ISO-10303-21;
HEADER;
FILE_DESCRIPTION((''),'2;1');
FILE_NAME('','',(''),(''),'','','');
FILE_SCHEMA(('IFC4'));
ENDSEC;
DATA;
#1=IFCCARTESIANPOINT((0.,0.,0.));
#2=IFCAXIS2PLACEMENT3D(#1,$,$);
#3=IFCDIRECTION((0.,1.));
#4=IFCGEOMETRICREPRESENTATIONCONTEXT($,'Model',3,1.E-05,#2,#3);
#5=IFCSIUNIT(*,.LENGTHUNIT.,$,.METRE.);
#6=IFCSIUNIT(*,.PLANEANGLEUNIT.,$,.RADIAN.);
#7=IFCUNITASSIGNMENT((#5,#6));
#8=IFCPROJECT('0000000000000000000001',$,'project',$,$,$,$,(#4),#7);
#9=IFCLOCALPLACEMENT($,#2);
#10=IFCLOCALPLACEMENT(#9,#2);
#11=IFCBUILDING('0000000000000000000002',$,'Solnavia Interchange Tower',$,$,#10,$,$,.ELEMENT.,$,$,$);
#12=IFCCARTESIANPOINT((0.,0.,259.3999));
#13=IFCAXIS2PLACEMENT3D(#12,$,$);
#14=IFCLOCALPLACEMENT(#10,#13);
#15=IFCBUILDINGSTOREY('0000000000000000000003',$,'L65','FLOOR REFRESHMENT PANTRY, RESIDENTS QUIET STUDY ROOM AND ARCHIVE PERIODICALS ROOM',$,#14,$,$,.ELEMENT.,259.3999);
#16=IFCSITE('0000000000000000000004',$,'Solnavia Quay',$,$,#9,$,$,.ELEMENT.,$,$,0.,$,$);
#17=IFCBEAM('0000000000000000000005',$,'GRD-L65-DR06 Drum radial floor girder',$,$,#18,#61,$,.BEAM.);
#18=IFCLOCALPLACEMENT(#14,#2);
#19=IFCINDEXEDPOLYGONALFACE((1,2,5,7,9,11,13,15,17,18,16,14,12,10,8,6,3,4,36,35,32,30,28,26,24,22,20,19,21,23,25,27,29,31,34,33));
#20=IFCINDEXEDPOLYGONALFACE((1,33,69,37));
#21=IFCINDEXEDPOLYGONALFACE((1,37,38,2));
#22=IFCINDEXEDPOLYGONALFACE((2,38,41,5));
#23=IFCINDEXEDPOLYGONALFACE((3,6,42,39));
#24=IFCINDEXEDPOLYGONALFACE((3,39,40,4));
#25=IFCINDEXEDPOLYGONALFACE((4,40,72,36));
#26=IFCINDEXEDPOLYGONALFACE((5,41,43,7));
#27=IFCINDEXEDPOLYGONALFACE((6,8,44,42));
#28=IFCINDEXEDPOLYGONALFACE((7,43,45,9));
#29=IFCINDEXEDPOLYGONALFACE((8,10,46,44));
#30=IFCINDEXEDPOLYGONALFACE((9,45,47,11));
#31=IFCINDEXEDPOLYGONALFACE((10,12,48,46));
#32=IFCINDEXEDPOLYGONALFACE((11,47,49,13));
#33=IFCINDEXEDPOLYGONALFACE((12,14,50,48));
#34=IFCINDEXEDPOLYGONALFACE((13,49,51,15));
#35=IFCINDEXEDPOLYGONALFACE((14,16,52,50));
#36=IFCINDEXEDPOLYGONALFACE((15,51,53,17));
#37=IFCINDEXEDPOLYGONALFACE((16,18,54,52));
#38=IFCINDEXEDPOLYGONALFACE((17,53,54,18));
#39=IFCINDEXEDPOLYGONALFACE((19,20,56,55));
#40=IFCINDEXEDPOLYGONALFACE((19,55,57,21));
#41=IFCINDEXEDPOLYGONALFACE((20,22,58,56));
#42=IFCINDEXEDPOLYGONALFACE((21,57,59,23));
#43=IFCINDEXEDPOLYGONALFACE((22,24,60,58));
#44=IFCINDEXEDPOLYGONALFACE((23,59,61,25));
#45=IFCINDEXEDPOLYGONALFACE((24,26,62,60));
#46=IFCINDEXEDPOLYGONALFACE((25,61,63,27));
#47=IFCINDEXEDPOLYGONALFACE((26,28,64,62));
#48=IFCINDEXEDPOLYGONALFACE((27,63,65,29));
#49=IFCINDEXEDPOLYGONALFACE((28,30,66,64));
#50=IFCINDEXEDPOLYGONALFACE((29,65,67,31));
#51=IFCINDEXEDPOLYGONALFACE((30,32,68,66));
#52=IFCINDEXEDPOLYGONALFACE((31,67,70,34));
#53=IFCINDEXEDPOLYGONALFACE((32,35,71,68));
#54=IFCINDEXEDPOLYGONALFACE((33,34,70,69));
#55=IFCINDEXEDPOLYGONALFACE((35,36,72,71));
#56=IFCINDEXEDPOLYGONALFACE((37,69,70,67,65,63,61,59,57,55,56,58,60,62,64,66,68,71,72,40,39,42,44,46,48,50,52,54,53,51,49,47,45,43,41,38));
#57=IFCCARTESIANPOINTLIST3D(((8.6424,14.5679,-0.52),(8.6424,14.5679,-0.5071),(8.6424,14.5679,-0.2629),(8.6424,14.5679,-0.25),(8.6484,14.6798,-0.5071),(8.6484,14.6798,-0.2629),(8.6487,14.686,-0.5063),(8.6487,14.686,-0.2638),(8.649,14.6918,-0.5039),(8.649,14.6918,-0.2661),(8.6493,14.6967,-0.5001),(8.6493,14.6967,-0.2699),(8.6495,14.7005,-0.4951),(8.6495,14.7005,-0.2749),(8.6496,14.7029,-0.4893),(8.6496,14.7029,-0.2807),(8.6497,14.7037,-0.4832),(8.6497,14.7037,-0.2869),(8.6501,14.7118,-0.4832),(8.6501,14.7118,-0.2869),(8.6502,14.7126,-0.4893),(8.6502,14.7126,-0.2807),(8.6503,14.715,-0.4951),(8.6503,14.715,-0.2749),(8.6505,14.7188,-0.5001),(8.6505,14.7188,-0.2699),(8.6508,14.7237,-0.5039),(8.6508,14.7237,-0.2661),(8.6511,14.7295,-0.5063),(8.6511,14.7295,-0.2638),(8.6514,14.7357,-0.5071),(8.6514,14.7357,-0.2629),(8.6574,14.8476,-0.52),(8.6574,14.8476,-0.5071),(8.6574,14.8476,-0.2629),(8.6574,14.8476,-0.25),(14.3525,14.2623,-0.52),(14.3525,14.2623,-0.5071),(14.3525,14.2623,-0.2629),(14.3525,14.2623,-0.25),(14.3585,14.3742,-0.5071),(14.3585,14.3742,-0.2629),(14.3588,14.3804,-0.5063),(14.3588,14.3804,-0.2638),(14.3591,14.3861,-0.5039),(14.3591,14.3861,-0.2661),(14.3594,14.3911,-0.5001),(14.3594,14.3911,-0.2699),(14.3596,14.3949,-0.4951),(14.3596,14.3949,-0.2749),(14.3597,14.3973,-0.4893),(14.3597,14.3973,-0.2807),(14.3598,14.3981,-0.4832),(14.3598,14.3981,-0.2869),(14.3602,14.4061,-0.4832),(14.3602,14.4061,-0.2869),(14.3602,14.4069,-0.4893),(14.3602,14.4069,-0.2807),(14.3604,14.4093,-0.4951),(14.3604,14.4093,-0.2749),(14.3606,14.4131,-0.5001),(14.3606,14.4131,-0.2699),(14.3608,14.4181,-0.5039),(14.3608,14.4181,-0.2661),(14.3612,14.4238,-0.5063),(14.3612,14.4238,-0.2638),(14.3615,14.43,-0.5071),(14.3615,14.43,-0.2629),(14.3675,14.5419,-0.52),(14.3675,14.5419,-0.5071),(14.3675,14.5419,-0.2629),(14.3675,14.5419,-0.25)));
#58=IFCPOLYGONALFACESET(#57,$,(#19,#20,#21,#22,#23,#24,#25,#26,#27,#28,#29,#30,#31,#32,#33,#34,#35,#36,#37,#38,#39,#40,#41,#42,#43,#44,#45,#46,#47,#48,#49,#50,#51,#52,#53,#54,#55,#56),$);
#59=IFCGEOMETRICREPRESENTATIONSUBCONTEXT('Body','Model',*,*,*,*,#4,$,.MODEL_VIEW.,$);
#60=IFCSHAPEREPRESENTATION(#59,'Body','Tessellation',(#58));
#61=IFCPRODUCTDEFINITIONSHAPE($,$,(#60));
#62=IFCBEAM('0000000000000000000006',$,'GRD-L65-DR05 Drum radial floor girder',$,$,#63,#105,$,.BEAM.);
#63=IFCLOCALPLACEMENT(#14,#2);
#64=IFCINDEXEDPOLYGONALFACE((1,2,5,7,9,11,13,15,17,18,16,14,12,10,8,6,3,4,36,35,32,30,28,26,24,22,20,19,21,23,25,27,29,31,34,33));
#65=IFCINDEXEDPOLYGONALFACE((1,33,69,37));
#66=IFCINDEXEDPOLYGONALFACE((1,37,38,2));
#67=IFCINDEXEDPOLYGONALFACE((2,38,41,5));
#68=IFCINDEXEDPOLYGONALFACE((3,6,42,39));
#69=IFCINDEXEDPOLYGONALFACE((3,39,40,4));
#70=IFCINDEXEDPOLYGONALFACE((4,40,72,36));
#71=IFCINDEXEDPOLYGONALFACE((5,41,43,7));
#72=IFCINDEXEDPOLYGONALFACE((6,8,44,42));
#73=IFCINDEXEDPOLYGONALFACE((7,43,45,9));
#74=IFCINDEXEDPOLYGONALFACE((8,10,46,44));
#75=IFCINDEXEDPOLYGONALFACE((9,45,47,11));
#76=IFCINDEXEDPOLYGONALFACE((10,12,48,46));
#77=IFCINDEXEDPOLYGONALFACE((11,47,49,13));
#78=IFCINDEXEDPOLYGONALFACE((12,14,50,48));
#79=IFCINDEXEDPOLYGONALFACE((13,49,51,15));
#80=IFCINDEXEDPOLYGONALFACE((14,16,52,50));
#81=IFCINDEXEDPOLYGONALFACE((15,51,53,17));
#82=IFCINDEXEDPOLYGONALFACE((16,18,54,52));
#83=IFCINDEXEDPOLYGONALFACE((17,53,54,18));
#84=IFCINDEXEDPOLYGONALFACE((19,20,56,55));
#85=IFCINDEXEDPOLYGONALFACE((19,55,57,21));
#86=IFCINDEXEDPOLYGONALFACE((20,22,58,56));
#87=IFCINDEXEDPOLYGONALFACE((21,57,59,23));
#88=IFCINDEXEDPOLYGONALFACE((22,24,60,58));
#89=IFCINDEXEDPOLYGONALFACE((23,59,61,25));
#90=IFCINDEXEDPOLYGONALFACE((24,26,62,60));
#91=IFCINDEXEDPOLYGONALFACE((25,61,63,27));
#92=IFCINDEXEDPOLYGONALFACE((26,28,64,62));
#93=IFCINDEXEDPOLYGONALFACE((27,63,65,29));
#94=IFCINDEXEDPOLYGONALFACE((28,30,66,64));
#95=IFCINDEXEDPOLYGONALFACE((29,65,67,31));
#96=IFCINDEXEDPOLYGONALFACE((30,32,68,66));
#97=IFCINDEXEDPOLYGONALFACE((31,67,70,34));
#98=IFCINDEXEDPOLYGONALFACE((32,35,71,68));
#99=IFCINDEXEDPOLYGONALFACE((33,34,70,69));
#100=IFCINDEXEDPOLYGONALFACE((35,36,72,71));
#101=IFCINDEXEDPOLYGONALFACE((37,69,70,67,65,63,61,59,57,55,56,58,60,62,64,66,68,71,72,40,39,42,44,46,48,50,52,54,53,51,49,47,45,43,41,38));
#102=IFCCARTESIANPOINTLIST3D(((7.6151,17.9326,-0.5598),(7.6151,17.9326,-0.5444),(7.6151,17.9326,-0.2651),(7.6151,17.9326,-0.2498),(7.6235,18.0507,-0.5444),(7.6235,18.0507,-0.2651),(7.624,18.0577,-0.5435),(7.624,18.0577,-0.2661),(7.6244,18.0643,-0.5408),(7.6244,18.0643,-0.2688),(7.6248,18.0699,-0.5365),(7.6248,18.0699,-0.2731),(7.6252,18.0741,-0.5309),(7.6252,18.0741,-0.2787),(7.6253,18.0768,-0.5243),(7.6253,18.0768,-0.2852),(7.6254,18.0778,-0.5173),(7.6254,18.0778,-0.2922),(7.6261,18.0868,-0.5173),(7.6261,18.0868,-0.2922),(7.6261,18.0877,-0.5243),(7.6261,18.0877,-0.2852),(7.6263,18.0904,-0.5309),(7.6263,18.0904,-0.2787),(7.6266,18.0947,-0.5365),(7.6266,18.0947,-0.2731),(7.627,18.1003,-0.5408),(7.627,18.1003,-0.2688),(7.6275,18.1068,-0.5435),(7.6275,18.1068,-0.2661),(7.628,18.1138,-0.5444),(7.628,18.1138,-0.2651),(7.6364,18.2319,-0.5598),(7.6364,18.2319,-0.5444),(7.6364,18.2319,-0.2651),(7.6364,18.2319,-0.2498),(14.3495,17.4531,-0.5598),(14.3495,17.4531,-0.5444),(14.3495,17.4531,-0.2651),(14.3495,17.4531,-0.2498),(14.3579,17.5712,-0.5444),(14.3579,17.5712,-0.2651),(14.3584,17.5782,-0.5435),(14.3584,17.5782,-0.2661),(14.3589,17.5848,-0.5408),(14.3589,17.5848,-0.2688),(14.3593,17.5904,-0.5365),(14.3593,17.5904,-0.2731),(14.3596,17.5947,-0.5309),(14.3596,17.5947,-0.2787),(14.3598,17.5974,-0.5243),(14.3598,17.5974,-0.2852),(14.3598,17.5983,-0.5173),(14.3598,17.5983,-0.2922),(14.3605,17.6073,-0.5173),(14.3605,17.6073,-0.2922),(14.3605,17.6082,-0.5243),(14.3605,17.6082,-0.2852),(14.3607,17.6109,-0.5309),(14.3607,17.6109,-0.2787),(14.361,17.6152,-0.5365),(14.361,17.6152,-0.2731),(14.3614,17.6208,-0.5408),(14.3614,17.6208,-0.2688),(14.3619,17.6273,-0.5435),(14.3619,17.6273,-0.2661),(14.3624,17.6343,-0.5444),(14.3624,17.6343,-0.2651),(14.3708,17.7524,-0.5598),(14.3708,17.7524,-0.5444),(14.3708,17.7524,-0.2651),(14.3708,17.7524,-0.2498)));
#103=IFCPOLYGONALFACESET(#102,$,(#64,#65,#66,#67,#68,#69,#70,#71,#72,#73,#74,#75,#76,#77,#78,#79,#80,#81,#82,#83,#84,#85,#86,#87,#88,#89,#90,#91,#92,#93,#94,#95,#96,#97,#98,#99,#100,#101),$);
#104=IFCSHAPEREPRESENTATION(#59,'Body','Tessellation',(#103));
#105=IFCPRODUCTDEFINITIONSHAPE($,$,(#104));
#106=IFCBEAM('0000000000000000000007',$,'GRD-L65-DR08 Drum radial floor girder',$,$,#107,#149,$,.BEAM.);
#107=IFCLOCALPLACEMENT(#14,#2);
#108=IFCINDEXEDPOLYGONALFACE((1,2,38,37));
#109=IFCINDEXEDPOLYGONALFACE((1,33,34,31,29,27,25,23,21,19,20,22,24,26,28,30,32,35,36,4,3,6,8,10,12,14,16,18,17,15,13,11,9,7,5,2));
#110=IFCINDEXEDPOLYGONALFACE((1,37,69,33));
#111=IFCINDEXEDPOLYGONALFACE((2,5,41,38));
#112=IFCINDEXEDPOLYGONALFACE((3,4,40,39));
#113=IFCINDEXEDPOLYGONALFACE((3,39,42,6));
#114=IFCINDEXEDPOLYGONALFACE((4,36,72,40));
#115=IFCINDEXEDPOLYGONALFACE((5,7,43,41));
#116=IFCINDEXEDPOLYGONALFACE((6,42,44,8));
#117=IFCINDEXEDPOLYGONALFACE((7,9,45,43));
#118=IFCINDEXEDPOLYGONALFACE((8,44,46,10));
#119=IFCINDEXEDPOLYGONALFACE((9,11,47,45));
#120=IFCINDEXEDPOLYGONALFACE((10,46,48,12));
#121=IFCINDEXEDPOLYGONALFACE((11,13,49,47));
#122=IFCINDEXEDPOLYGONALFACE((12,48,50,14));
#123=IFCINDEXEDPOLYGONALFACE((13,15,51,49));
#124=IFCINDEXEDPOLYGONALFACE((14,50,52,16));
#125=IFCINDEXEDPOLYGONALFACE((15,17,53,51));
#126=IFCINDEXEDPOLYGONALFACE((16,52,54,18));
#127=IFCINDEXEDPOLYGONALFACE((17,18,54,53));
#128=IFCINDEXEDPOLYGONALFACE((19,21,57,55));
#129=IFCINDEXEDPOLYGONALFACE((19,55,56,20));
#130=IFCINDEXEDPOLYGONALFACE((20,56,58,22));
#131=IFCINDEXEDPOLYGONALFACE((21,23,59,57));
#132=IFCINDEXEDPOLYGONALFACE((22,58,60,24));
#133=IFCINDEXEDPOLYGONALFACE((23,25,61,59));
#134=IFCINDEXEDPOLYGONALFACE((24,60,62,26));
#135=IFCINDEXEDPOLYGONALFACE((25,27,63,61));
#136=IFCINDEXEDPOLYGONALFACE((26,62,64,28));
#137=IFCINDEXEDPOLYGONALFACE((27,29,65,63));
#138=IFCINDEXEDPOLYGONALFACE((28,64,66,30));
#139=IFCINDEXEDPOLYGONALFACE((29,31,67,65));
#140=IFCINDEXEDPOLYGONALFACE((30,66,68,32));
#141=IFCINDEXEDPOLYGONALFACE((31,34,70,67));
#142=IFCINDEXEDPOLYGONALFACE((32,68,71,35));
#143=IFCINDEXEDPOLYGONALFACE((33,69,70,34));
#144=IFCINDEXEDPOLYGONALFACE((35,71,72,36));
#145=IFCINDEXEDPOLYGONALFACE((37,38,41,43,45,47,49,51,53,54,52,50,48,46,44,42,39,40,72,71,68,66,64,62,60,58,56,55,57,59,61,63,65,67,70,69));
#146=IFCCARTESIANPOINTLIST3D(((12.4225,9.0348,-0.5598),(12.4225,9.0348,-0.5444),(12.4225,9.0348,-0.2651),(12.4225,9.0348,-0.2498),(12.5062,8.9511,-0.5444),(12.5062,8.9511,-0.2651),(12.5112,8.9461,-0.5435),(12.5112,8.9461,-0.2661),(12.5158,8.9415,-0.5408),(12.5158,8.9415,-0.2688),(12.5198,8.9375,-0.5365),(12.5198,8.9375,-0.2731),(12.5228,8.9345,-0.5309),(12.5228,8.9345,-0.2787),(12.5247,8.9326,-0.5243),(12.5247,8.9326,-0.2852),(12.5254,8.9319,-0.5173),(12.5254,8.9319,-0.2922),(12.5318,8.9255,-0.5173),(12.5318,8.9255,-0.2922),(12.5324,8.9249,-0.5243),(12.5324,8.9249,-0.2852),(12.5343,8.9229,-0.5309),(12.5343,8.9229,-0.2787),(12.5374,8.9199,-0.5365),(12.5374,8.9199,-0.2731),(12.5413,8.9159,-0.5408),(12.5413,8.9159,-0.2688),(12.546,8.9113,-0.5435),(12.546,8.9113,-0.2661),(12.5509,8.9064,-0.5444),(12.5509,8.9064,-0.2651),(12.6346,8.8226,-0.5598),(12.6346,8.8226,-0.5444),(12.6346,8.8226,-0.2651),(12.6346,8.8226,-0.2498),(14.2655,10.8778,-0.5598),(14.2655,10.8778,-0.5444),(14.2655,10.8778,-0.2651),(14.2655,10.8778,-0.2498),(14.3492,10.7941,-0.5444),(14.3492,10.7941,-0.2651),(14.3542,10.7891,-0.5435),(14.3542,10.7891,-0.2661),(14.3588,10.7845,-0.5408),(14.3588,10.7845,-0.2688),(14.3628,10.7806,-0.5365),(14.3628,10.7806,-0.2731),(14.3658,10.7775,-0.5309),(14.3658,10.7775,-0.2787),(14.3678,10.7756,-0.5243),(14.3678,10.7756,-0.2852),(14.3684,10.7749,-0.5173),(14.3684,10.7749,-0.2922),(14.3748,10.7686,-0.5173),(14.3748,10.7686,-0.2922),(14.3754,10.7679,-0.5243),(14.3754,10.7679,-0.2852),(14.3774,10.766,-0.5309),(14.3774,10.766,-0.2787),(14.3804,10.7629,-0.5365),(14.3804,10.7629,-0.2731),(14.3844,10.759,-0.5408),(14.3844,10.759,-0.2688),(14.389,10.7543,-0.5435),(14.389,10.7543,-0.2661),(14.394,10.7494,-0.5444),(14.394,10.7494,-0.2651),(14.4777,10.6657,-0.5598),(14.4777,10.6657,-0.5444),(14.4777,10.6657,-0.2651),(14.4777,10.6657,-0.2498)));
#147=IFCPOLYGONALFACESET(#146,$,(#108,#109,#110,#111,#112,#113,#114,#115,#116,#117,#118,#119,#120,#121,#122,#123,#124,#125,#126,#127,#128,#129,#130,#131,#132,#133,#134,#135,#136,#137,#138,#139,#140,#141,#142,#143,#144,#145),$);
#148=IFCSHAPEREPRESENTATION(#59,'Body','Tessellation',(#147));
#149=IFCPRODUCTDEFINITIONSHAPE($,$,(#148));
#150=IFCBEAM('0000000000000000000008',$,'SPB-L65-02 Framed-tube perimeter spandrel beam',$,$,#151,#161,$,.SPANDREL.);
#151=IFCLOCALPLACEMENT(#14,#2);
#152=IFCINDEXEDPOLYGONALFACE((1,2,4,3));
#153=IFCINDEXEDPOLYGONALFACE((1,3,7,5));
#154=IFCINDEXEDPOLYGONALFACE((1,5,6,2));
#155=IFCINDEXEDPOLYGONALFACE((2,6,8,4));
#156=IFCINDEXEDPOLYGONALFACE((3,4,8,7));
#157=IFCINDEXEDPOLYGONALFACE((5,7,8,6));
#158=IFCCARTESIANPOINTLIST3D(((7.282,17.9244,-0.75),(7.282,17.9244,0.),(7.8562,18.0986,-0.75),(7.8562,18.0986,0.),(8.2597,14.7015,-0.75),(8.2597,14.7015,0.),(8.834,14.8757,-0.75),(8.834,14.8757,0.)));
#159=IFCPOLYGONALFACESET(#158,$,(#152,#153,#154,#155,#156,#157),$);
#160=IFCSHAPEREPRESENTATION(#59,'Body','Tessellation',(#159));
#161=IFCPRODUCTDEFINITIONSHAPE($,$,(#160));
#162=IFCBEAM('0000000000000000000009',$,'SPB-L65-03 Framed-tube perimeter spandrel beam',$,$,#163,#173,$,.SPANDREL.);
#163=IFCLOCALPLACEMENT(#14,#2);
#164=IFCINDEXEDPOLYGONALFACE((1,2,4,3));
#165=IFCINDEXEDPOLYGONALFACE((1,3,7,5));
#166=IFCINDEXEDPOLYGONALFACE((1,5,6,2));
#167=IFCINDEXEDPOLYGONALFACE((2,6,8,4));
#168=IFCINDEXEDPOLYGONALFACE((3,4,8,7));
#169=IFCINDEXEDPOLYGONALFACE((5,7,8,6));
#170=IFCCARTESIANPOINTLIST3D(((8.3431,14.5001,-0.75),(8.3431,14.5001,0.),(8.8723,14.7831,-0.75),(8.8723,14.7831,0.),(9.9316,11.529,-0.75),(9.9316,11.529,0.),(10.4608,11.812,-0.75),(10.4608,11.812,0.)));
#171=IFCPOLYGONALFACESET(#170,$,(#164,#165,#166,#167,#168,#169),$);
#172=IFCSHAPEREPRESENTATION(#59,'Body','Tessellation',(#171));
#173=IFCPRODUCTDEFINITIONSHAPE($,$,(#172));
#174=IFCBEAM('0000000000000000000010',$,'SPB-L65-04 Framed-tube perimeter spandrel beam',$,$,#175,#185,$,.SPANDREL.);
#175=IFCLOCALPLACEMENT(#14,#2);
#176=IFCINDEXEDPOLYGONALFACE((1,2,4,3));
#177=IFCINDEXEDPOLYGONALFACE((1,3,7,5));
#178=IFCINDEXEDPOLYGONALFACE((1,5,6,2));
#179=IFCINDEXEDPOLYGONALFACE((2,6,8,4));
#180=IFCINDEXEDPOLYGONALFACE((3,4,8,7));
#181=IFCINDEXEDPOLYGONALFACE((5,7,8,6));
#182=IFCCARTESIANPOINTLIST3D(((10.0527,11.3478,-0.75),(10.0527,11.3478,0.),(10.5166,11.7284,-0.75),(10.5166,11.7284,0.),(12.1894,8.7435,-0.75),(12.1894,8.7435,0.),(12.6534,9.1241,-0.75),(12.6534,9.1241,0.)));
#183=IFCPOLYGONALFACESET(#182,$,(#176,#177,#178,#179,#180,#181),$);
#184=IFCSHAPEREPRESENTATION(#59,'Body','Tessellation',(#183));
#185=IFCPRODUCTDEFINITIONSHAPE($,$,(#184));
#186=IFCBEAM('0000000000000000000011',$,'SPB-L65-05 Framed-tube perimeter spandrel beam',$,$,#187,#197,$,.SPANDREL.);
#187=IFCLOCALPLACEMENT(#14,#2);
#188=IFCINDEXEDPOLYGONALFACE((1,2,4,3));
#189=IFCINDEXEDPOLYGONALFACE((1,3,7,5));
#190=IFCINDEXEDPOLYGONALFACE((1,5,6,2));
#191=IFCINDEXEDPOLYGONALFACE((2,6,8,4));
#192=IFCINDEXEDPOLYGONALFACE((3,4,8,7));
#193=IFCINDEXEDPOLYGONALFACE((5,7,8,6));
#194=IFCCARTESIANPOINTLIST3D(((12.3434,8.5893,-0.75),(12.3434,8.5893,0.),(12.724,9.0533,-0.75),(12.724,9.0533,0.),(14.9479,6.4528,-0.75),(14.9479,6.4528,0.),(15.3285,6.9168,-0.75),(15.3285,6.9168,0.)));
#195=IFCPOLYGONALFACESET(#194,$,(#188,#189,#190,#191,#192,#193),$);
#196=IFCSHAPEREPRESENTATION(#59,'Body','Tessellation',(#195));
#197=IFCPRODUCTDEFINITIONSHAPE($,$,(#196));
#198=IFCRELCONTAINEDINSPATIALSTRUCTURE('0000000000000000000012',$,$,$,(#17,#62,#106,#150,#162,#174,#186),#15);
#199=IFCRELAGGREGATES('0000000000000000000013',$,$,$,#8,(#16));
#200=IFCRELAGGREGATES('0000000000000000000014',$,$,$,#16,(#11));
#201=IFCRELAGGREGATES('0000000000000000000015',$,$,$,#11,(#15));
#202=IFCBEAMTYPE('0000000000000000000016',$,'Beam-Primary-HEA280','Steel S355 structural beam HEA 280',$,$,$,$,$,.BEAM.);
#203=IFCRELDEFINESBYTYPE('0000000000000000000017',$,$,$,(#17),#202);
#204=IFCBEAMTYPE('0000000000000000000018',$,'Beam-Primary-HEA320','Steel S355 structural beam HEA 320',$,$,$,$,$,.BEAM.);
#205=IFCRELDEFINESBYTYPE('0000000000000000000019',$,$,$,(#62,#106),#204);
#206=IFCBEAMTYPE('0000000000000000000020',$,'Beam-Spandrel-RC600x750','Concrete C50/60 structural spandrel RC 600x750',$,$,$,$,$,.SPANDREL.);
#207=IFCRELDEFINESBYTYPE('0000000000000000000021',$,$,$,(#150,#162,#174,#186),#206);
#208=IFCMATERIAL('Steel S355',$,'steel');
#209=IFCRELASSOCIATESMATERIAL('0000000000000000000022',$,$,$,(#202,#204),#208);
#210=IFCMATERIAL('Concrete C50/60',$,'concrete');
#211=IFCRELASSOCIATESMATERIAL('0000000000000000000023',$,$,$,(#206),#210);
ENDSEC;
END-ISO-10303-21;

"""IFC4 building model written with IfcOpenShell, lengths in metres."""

from ifc_helpers import new_model, si_unit, direction, frame, origin, origin_2d, place, context, subcontext, project, spatial, rectangle, i_section, extrude, material, material_profile, profile_set, type_object, element, save


model = new_model("IFC4")

# Units and contexts
model_context = context("Model", 3, precision=1e-05, world=origin(), true_north=direction((0.0, 1.0)))
body_context = subcontext(model_context, "Body", "Model", "MODEL_VIEW")
ifc_project = project(units=[si_unit("LENGTHUNIT", "METRE"), si_unit("PLANEANGLEUNIT", "RADIAN")], contexts=[model_context])

# Site, building, storey
site_placement = place(None, origin())
site = spatial("IfcSite", under=ifc_project, at=site_placement, Name="Solnavia Quay", CompositionType="ELEMENT", RefElevation=0.0)
building_placement = place(site_placement, origin())
building = spatial("IfcBuilding", under=site, at=building_placement, Name="Solnavia Interchange Tower", CompositionType="ELEMENT")
storey_placement = place(building_placement, frame((0.0, 0.0, 259.3999)))
storey = spatial("IfcBuildingStorey", under=building, at=storey_placement, Name="L65", Description="FLOOR REFRESHMENT PANTRY, RESIDENTS QUIET STUDY ROOM AND ARCHIVE PERIODICALS ROOM", CompositionType="ELEMENT", Elevation=259.3999)

# Shared definitions
ifc_material_1 = material(Name="Concrete C50/60", Category="concrete")

# Beams
ifc_material_2 = material(Name="Steel S355", Category="steel")
ifc_material_profile_1 = material_profile(ifc_material_2, i_section(OverallWidth=0.28, OverallDepth=0.27, WebThickness=0.0081, FlangeThickness=0.0129, FilletRadius=0.0239, at=origin_2d()), Name="HEA 280")
ifc_profile_set_1 = profile_set([ifc_material_profile_1], Name="Steel S355")
beam_type_1 = type_object("IfcBeamType", Name="Beam-Primary-HEA280", Description="Steel S355 structural beam HEA 280", PredefinedType="BEAM", material=ifc_profile_set_1)
beam_1_placement = place(storey_placement, frame((8.6499, 14.7078, -0.385), z_axis=(0.99857, -0.053453, 0.0), x_axis=(0.053453, 0.99857, 0.0)))
element("IfcBeam", 1, at=beam_1_placement, inside=storey, type_object=beam_type_1, Name="GRD-L65-DR06 Drum radial floor girder", PredefinedType="BEAM", context=body_context, shape_type="SweptSolid", body=[
    extrude(i_section(OverallWidth=0.28, OverallDepth=0.27, WebThickness=0.0081, FlangeThickness=0.0129, FilletRadius=0.0239, at=origin_2d()), origin(), (0.0, 0.0, 1.0), 5.7183),
])
ifc_material_profile_2 = material_profile(ifc_material_2, i_section(OverallWidth=0.3, OverallDepth=0.3101, WebThickness=0.009, FlangeThickness=0.0154, FilletRadius=0.0271, at=origin_2d()), Name="HEA 320")
ifc_profile_set_2 = profile_set([ifc_material_profile_2], Name="Steel S355")
beam_type_2 = type_object("IfcBeamType", Name="Beam-Primary-HEA320", Description="Steel S355 structural beam HEA 320", PredefinedType="BEAM", material=ifc_profile_set_2)
beam_2_placement = place(storey_placement, frame((7.6257, 18.0823, -0.4048), z_axis=(0.997475, -0.071021, 0.0), x_axis=(0.071021, 0.997475, 0.0)))
element("IfcBeam", 2, at=beam_2_placement, inside=storey, type_object=beam_type_2, Name="GRD-L65-DR05 Drum radial floor girder", PredefinedType="BEAM", context=body_context, shape_type="SweptSolid", body=[
    extrude(i_section(OverallWidth=0.3, OverallDepth=0.3101, WebThickness=0.009, FlangeThickness=0.0154, FilletRadius=0.0271, at=origin_2d()), origin(), (0.0, 0.0, 1.0), 6.7515),
])
beam_3_placement = place(storey_placement, frame((12.5286, 8.9287, -0.4048), z_axis=(0.707107, 0.707107, 0.0), x_axis=(-0.707107, 0.707107, 0.0)))
element("IfcBeam", 3, at=beam_3_placement, inside=storey, type_object=beam_type_2, Name="GRD-L65-DR08 Drum radial floor girder", PredefinedType="BEAM", context=body_context, shape_type="SweptSolid", body=[
    extrude(i_section(OverallWidth=0.3, OverallDepth=0.3101, WebThickness=0.009, FlangeThickness=0.0154, FilletRadius=0.0271, at=origin_2d()), origin(), (0.0, 0.0, 1.0), 2.6064),
])
ifc_material_profile_3 = material_profile(ifc_material_1, rectangle(XDim=0.6001, YDim=0.75, at=origin_2d()), Name="RC 600x750")
ifc_profile_set_3 = profile_set([ifc_material_profile_3], Name="Concrete C50/60")
beam_type_3 = type_object("IfcBeamType", Name="Beam-Spandrel-RC600x750", Description="Concrete C50/60 structural spandrel RC 600x750", PredefinedType="SPANDREL", material=ifc_profile_set_3)
beam_4_placement = place(storey_placement, frame((7.5691, 18.0115, -0.375), z_axis=(0.290319, -0.95693, 0.0), x_axis=(0.95693, 0.290319, 0.0)))
element("IfcBeam", 4, at=beam_4_placement, inside=storey, type_object=beam_type_3, Name="SPB-L65-02 Framed-tube perimeter spandrel beam", PredefinedType="SPANDREL", context=body_context, shape_type="SweptSolid", body=[
    extrude(rectangle(XDim=0.6001, YDim=0.75, at=origin_2d()), origin(), (0.0, 0.0, 1.0), 3.3679),
])
beam_5_placement = place(storey_placement, frame((8.6077, 14.6416, -0.375), z_axis=(0.471509, -0.881861, 0.0), x_axis=(0.881861, 0.471509, 0.0)))
element("IfcBeam", 5, at=beam_5_placement, inside=storey, type_object=beam_type_3, Name="SPB-L65-03 Framed-tube perimeter spandrel beam", PredefinedType="SPANDREL", context=body_context, shape_type="SweptSolid", body=[
    extrude(rectangle(XDim=0.6001, YDim=0.75, at=origin_2d()), origin(), (0.0, 0.0, 1.0), 3.3691),
])
for number, where, z_axis, x_axis, name in (
    (6, (10.2847, 11.5381, -0.375), (0.634299, -0.773088, 0.0), (0.773088, 0.634299, 0.0), "SPB-L65-04 Framed-tube perimeter spandrel beam"),
    (7, (12.5337, 8.8213, -0.375), (0.773153, -0.63422, 0.0), (0.63422, 0.773153, 0.0), "SPB-L65-05 Framed-tube perimeter spandrel beam"),
):
    element("IfcBeam", number, at=place(storey_placement, frame(where, z_axis=z_axis, x_axis=x_axis)), inside=storey, type_object=beam_type_3, Name=name, PredefinedType="SPANDREL", context=body_context, shape_type="SweptSolid", body=[
        extrude(rectangle(XDim=0.6001, YDim=0.75, at=origin_2d()), origin(), (0.0, 0.0, 1.0), 3.3687),
    ])

save(model, "model.ifc")
